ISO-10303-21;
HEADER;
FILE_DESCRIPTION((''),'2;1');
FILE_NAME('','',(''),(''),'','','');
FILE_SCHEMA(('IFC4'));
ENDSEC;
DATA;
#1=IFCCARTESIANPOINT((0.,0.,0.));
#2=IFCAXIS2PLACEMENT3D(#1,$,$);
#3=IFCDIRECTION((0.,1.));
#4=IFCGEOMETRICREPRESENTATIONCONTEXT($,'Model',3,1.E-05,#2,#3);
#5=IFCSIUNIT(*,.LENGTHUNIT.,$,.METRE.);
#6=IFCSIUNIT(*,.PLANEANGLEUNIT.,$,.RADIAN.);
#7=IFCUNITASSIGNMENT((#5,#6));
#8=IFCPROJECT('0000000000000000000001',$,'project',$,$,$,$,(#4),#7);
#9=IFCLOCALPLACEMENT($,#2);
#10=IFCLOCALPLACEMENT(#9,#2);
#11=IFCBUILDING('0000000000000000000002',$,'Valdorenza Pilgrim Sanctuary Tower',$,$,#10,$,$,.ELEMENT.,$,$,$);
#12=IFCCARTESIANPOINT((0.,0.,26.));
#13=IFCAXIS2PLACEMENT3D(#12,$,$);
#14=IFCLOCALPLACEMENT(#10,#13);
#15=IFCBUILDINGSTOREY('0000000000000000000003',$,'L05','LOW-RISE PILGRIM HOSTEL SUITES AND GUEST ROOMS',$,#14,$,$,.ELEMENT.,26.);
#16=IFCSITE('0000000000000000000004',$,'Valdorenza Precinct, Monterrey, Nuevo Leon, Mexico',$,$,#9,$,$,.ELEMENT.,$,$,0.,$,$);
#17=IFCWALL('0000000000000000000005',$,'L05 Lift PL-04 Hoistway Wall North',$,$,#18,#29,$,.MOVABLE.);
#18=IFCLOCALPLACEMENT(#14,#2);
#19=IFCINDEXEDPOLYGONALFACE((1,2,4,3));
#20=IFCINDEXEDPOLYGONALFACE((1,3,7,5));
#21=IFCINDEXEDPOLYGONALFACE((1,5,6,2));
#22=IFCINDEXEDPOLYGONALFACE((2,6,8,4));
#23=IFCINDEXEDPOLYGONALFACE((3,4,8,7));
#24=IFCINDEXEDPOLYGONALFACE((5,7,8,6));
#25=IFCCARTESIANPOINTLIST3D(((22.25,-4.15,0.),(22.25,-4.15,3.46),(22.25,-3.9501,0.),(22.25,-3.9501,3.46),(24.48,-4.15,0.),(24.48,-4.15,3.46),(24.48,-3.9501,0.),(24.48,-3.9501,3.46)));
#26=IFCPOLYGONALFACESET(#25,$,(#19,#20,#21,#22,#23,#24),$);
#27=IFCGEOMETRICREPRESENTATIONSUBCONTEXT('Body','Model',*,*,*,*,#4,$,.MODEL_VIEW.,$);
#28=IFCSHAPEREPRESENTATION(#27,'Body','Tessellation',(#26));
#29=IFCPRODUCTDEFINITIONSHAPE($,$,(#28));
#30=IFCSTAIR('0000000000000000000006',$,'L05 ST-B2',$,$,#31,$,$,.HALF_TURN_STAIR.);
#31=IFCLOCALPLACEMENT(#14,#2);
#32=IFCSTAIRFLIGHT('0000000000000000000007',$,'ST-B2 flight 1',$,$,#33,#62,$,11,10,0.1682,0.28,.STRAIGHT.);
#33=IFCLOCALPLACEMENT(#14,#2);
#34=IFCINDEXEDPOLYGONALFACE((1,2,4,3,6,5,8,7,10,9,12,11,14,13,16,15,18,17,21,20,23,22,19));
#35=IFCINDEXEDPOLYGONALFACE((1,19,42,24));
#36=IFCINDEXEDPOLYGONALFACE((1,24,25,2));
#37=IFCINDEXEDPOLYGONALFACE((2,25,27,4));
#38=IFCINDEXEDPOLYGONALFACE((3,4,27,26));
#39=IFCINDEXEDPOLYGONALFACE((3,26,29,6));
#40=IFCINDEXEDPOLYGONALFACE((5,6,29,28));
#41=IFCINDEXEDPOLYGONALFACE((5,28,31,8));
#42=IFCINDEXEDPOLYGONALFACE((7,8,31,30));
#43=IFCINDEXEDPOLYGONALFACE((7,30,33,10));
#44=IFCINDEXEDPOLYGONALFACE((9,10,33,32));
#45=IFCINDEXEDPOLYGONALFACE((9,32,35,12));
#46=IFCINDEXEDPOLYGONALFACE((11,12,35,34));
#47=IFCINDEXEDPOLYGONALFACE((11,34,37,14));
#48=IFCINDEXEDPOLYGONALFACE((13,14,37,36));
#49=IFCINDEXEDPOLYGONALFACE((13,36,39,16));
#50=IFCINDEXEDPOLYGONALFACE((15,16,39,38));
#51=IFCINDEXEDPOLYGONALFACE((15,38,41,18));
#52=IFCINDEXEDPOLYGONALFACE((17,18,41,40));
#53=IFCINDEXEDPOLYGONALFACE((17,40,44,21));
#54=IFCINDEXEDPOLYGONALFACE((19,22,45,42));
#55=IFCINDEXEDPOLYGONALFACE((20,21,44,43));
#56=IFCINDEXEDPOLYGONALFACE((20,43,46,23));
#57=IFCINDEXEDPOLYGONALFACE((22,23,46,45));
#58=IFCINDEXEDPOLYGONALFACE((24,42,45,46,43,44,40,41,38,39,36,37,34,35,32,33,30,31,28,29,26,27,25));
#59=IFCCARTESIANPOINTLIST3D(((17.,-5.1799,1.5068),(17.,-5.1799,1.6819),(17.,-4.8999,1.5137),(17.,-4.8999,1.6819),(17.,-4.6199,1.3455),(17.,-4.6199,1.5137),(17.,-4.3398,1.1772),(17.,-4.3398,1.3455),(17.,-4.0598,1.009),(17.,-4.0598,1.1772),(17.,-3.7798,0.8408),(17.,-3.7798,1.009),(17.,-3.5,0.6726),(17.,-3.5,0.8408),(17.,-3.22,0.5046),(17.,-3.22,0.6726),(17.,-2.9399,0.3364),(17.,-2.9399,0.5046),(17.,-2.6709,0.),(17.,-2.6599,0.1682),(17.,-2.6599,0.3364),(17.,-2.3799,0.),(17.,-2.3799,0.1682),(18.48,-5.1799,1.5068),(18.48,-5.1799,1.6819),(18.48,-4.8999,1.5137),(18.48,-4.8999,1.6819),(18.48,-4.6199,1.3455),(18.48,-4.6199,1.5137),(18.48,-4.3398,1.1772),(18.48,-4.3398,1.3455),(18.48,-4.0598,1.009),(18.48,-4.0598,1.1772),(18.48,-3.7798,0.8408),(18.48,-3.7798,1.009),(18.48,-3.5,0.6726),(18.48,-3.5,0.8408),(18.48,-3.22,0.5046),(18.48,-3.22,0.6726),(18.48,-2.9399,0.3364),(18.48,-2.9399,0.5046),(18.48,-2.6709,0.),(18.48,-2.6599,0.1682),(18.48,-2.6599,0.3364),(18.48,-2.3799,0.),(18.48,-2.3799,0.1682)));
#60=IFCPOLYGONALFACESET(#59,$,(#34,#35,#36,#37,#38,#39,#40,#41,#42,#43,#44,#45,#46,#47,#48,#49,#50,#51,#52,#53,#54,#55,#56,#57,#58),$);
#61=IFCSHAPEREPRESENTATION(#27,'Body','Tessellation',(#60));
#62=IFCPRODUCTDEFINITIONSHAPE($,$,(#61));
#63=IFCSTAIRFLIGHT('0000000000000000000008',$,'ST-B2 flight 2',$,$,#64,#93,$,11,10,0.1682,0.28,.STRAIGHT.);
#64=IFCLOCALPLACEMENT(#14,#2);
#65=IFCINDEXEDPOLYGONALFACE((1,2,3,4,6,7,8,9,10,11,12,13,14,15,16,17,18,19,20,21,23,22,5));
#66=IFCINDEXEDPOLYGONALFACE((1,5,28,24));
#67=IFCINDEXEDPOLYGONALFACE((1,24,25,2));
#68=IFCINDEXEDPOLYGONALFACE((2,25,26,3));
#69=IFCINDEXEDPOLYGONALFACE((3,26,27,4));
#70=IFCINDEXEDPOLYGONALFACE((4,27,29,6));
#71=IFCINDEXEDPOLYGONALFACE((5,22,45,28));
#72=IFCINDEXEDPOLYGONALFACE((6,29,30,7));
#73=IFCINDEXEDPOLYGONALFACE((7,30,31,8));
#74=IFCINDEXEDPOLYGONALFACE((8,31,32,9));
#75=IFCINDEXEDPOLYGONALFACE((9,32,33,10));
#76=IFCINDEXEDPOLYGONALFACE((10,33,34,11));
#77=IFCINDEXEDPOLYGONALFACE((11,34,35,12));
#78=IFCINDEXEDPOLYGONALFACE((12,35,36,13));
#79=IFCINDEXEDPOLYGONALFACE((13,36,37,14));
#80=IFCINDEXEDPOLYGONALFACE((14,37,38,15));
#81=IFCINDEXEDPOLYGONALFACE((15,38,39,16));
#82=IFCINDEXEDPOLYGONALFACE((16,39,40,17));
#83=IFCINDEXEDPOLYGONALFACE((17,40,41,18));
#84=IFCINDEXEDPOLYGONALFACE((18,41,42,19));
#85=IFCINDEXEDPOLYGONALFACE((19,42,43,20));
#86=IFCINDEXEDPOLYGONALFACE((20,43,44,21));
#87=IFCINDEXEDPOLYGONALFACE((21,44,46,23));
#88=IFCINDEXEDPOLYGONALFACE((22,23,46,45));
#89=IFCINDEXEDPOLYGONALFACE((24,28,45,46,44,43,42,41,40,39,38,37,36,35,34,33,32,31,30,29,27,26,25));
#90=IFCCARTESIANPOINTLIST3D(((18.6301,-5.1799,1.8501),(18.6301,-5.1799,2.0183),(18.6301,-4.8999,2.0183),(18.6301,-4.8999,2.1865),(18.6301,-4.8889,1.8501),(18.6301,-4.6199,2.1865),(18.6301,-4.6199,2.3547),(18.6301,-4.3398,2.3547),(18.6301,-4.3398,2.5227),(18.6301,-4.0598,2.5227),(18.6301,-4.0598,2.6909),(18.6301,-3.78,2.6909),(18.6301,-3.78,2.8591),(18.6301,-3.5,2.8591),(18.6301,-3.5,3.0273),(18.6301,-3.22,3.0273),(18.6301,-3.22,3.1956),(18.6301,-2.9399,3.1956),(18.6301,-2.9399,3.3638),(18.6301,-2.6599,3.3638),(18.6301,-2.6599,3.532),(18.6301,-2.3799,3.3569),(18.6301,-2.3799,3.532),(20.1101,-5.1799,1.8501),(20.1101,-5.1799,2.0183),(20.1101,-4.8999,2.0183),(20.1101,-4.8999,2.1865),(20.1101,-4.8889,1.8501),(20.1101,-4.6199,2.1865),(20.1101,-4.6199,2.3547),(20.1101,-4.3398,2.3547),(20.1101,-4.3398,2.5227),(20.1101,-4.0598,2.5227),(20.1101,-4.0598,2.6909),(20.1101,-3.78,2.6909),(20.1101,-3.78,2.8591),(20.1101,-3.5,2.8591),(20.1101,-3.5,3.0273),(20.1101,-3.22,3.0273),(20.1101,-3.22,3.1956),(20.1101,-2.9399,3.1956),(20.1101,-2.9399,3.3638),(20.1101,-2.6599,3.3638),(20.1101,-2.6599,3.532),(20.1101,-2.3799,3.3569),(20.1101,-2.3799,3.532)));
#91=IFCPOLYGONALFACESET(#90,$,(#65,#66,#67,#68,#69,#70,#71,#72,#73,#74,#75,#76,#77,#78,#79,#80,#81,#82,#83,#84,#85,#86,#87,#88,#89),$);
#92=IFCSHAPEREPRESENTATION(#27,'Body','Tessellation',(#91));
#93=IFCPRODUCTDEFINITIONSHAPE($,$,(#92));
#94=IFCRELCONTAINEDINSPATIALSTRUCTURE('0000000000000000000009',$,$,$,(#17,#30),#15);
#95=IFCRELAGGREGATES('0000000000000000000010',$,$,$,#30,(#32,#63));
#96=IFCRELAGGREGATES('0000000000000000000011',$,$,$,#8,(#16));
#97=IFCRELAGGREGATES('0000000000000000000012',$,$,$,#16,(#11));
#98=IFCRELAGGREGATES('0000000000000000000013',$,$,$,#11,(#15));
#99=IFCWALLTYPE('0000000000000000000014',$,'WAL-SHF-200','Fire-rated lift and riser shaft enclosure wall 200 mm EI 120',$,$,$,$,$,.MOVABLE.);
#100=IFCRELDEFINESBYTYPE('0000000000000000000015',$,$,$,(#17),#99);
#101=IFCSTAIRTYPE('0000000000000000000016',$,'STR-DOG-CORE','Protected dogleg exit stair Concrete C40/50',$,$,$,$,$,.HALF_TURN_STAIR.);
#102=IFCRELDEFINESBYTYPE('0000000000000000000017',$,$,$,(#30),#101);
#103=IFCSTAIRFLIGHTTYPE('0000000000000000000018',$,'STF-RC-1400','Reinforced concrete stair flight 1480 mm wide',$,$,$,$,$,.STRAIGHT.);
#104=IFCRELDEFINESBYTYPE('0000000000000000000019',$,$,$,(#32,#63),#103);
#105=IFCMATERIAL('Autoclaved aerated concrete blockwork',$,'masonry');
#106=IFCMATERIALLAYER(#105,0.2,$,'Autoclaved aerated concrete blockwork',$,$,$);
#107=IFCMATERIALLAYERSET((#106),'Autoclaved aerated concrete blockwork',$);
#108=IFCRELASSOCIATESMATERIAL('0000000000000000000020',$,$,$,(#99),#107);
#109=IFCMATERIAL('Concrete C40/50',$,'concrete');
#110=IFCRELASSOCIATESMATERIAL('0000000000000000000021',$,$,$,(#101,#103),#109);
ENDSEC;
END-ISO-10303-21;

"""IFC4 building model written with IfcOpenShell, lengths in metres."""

from ifc_helpers import new_model, si_unit, direction, frame, frame_2d, origin, place, context, subcontext, project, spatial, polyline, rectangle, outline, extrude, material, layer, layer_set, type_object, element, aggregate, save


model = new_model("IFC4")

# Units and contexts
model_context = context("Model", 3, precision=1e-05, world=origin(), true_north=direction((0.0, 1.0)))
body_context = subcontext(model_context, "Body", "Model", "MODEL_VIEW")
ifc_project = project(units=[si_unit("LENGTHUNIT", "METRE"), si_unit("PLANEANGLEUNIT", "RADIAN")], contexts=[model_context])

# Site, building, storey
site_placement = place(None, origin())
site = spatial("IfcSite", under=ifc_project, at=site_placement, Name="Valdorenza Precinct, Monterrey, Nuevo Leon, Mexico", CompositionType="ELEMENT", RefElevation=0.0)
building_placement = place(site_placement, origin())
building = spatial("IfcBuilding", under=site, at=building_placement, Name="Valdorenza Pilgrim Sanctuary Tower", CompositionType="ELEMENT")
storey_placement = place(building_placement, frame((0.0, 0.0, 26.0)))
storey = spatial("IfcBuildingStorey", under=building, at=storey_placement, Name="L05", Description="LOW-RISE PILGRIM HOSTEL SUITES AND GUEST ROOMS", CompositionType="ELEMENT", Elevation=26.0)

# Shared definitions
ifc_material_1 = material(Name="Autoclaved aerated concrete blockwork", Category="masonry")
ifc_layer_1 = layer(ifc_material_1, 0.2, Name="Autoclaved aerated concrete blockwork")
ifc_layer_set_1 = layer_set([ifc_layer_1], Name="Autoclaved aerated concrete blockwork")
wall_type_1 = type_object("IfcWallType", Name="WAL-SHF-200", Description="Fire-rated lift and riser shaft enclosure wall 200 mm EI 120", PredefinedType="MOVABLE", material=ifc_layer_set_1)

# Wall
wall_1_placement = place(storey_placement, frame((22.25, -4.05, 0.0), z_axis=(0.0, 0.0, 1.0), x_axis=(1.0, 0.0, 0.0)))
element("IfcWall", 1, at=wall_1_placement, inside=storey, type_object=wall_type_1, Name="L05 Lift PL-04 Hoistway Wall North", PredefinedType="MOVABLE", context=body_context, shape_type="SweptSolid", body=[
    extrude(rectangle(XDim=2.23, YDim=0.2, at=frame_2d((1.115, 0.0))), origin(), (0.0, 0.0, 1.0), 3.46),
])

# Stair, stair flights
ifc_material_2 = material(Name="Concrete C40/50", Category="concrete")
stair_type = type_object("IfcStairType", Name="STR-DOG-CORE", Description="Protected dogleg exit stair Concrete C40/50", PredefinedType="HALF_TURN_STAIR", material=ifc_material_2)
stair_placement = place(storey_placement, origin())
stair = element("IfcStair", 2, at=stair_placement, inside=storey, type_object=stair_type, Name="L05 ST-B2", PredefinedType="HALF_TURN_STAIR")
stair_flight_type = type_object("IfcStairFlightType", Name="STF-RC-1400", Description="Reinforced concrete stair flight 1480 mm wide", PredefinedType="STRAIGHT", material=ifc_material_2)
stair_flight_1_placement = place(storey_placement, frame((17.74, -2.3799, 0.0), z_axis=(0.0, 0.0, 1.0), x_axis=(0.0, -1.0, 0.0)))
stair_flight_1 = element("IfcStairFlight", 3, at=stair_flight_1_placement, type_object=stair_flight_type, Name="ST-B2 flight 1", NumberOfRisers=11, NumberOfTreads=10, PredefinedType="STRAIGHT", RiserHeight=0.1682, TreadLength=0.28, context=body_context, shape_type="SweptSolid", body=[
    extrude(outline(polyline([(0.0, 0.0), (0.0, 0.1682), (0.28, 0.1682), (0.28, 0.3364), (0.5601, 0.3364), (0.5601, 0.5046), (0.8401, 0.5046), (0.8401, 0.6726), (1.1201, 0.6726), (1.1201, 0.8408), (1.3999, 0.8408), (1.3999, 1.009), (1.6799, 1.009), (1.6799, 1.1772), (1.96, 1.1772), (1.96, 1.3455), (2.24, 1.3455), (2.24, 1.5137), (2.52, 1.5137), (2.52, 1.6819), (2.8, 1.6819), (2.8, 1.8501), (2.8, 1.5068), (0.291, 0.0), (0.0, 0.0)])), frame((0.0, 0.74, 0.0), z_axis=(0.0, -1.0, 0.0), x_axis=(1.0, 0.0, 0.0)), (0.0, 0.0, 1.0), 1.48),
])
stair_flight_2_placement = place(storey_placement, frame((19.3701, -5.1799, 1.8501), z_axis=(0.0, 0.0, 1.0), x_axis=(0.0, 1.0, 0.0)))
stair_flight_2 = element("IfcStairFlight", 4, at=stair_flight_2_placement, type_object=stair_flight_type, Name="ST-B2 flight 2", NumberOfRisers=11, NumberOfTreads=10, PredefinedType="STRAIGHT", RiserHeight=0.1682, TreadLength=0.28, context=body_context, shape_type="SweptSolid", body=[
    extrude(outline(polyline([(0.0, 0.0), (0.0, 0.1682), (0.28, 0.1682), (0.28, 0.3364), (0.5601, 0.3364), (0.5601, 0.5046), (0.8401, 0.5046), (0.8401, 0.6726), (1.1201, 0.6726), (1.1201, 0.8408), (1.3999, 0.8408), (1.3999, 1.009), (1.6799, 1.009), (1.6799, 1.1772), (1.96, 1.1772), (1.96, 1.3455), (2.24, 1.3455), (2.24, 1.5137), (2.52, 1.5137), (2.52, 1.6819), (2.8, 1.6819), (2.8, 1.8501), (2.8, 1.5068), (0.291, 0.0), (0.0, 0.0)])), frame((0.0, 0.74, 0.0), z_axis=(0.0, -1.0, 0.0), x_axis=(1.0, 0.0, 0.0)), (0.0, 0.0, 1.0), 1.48),
])
aggregate(stair, [stair_flight_1, stair_flight_2])

save(model, "model.ifc")
